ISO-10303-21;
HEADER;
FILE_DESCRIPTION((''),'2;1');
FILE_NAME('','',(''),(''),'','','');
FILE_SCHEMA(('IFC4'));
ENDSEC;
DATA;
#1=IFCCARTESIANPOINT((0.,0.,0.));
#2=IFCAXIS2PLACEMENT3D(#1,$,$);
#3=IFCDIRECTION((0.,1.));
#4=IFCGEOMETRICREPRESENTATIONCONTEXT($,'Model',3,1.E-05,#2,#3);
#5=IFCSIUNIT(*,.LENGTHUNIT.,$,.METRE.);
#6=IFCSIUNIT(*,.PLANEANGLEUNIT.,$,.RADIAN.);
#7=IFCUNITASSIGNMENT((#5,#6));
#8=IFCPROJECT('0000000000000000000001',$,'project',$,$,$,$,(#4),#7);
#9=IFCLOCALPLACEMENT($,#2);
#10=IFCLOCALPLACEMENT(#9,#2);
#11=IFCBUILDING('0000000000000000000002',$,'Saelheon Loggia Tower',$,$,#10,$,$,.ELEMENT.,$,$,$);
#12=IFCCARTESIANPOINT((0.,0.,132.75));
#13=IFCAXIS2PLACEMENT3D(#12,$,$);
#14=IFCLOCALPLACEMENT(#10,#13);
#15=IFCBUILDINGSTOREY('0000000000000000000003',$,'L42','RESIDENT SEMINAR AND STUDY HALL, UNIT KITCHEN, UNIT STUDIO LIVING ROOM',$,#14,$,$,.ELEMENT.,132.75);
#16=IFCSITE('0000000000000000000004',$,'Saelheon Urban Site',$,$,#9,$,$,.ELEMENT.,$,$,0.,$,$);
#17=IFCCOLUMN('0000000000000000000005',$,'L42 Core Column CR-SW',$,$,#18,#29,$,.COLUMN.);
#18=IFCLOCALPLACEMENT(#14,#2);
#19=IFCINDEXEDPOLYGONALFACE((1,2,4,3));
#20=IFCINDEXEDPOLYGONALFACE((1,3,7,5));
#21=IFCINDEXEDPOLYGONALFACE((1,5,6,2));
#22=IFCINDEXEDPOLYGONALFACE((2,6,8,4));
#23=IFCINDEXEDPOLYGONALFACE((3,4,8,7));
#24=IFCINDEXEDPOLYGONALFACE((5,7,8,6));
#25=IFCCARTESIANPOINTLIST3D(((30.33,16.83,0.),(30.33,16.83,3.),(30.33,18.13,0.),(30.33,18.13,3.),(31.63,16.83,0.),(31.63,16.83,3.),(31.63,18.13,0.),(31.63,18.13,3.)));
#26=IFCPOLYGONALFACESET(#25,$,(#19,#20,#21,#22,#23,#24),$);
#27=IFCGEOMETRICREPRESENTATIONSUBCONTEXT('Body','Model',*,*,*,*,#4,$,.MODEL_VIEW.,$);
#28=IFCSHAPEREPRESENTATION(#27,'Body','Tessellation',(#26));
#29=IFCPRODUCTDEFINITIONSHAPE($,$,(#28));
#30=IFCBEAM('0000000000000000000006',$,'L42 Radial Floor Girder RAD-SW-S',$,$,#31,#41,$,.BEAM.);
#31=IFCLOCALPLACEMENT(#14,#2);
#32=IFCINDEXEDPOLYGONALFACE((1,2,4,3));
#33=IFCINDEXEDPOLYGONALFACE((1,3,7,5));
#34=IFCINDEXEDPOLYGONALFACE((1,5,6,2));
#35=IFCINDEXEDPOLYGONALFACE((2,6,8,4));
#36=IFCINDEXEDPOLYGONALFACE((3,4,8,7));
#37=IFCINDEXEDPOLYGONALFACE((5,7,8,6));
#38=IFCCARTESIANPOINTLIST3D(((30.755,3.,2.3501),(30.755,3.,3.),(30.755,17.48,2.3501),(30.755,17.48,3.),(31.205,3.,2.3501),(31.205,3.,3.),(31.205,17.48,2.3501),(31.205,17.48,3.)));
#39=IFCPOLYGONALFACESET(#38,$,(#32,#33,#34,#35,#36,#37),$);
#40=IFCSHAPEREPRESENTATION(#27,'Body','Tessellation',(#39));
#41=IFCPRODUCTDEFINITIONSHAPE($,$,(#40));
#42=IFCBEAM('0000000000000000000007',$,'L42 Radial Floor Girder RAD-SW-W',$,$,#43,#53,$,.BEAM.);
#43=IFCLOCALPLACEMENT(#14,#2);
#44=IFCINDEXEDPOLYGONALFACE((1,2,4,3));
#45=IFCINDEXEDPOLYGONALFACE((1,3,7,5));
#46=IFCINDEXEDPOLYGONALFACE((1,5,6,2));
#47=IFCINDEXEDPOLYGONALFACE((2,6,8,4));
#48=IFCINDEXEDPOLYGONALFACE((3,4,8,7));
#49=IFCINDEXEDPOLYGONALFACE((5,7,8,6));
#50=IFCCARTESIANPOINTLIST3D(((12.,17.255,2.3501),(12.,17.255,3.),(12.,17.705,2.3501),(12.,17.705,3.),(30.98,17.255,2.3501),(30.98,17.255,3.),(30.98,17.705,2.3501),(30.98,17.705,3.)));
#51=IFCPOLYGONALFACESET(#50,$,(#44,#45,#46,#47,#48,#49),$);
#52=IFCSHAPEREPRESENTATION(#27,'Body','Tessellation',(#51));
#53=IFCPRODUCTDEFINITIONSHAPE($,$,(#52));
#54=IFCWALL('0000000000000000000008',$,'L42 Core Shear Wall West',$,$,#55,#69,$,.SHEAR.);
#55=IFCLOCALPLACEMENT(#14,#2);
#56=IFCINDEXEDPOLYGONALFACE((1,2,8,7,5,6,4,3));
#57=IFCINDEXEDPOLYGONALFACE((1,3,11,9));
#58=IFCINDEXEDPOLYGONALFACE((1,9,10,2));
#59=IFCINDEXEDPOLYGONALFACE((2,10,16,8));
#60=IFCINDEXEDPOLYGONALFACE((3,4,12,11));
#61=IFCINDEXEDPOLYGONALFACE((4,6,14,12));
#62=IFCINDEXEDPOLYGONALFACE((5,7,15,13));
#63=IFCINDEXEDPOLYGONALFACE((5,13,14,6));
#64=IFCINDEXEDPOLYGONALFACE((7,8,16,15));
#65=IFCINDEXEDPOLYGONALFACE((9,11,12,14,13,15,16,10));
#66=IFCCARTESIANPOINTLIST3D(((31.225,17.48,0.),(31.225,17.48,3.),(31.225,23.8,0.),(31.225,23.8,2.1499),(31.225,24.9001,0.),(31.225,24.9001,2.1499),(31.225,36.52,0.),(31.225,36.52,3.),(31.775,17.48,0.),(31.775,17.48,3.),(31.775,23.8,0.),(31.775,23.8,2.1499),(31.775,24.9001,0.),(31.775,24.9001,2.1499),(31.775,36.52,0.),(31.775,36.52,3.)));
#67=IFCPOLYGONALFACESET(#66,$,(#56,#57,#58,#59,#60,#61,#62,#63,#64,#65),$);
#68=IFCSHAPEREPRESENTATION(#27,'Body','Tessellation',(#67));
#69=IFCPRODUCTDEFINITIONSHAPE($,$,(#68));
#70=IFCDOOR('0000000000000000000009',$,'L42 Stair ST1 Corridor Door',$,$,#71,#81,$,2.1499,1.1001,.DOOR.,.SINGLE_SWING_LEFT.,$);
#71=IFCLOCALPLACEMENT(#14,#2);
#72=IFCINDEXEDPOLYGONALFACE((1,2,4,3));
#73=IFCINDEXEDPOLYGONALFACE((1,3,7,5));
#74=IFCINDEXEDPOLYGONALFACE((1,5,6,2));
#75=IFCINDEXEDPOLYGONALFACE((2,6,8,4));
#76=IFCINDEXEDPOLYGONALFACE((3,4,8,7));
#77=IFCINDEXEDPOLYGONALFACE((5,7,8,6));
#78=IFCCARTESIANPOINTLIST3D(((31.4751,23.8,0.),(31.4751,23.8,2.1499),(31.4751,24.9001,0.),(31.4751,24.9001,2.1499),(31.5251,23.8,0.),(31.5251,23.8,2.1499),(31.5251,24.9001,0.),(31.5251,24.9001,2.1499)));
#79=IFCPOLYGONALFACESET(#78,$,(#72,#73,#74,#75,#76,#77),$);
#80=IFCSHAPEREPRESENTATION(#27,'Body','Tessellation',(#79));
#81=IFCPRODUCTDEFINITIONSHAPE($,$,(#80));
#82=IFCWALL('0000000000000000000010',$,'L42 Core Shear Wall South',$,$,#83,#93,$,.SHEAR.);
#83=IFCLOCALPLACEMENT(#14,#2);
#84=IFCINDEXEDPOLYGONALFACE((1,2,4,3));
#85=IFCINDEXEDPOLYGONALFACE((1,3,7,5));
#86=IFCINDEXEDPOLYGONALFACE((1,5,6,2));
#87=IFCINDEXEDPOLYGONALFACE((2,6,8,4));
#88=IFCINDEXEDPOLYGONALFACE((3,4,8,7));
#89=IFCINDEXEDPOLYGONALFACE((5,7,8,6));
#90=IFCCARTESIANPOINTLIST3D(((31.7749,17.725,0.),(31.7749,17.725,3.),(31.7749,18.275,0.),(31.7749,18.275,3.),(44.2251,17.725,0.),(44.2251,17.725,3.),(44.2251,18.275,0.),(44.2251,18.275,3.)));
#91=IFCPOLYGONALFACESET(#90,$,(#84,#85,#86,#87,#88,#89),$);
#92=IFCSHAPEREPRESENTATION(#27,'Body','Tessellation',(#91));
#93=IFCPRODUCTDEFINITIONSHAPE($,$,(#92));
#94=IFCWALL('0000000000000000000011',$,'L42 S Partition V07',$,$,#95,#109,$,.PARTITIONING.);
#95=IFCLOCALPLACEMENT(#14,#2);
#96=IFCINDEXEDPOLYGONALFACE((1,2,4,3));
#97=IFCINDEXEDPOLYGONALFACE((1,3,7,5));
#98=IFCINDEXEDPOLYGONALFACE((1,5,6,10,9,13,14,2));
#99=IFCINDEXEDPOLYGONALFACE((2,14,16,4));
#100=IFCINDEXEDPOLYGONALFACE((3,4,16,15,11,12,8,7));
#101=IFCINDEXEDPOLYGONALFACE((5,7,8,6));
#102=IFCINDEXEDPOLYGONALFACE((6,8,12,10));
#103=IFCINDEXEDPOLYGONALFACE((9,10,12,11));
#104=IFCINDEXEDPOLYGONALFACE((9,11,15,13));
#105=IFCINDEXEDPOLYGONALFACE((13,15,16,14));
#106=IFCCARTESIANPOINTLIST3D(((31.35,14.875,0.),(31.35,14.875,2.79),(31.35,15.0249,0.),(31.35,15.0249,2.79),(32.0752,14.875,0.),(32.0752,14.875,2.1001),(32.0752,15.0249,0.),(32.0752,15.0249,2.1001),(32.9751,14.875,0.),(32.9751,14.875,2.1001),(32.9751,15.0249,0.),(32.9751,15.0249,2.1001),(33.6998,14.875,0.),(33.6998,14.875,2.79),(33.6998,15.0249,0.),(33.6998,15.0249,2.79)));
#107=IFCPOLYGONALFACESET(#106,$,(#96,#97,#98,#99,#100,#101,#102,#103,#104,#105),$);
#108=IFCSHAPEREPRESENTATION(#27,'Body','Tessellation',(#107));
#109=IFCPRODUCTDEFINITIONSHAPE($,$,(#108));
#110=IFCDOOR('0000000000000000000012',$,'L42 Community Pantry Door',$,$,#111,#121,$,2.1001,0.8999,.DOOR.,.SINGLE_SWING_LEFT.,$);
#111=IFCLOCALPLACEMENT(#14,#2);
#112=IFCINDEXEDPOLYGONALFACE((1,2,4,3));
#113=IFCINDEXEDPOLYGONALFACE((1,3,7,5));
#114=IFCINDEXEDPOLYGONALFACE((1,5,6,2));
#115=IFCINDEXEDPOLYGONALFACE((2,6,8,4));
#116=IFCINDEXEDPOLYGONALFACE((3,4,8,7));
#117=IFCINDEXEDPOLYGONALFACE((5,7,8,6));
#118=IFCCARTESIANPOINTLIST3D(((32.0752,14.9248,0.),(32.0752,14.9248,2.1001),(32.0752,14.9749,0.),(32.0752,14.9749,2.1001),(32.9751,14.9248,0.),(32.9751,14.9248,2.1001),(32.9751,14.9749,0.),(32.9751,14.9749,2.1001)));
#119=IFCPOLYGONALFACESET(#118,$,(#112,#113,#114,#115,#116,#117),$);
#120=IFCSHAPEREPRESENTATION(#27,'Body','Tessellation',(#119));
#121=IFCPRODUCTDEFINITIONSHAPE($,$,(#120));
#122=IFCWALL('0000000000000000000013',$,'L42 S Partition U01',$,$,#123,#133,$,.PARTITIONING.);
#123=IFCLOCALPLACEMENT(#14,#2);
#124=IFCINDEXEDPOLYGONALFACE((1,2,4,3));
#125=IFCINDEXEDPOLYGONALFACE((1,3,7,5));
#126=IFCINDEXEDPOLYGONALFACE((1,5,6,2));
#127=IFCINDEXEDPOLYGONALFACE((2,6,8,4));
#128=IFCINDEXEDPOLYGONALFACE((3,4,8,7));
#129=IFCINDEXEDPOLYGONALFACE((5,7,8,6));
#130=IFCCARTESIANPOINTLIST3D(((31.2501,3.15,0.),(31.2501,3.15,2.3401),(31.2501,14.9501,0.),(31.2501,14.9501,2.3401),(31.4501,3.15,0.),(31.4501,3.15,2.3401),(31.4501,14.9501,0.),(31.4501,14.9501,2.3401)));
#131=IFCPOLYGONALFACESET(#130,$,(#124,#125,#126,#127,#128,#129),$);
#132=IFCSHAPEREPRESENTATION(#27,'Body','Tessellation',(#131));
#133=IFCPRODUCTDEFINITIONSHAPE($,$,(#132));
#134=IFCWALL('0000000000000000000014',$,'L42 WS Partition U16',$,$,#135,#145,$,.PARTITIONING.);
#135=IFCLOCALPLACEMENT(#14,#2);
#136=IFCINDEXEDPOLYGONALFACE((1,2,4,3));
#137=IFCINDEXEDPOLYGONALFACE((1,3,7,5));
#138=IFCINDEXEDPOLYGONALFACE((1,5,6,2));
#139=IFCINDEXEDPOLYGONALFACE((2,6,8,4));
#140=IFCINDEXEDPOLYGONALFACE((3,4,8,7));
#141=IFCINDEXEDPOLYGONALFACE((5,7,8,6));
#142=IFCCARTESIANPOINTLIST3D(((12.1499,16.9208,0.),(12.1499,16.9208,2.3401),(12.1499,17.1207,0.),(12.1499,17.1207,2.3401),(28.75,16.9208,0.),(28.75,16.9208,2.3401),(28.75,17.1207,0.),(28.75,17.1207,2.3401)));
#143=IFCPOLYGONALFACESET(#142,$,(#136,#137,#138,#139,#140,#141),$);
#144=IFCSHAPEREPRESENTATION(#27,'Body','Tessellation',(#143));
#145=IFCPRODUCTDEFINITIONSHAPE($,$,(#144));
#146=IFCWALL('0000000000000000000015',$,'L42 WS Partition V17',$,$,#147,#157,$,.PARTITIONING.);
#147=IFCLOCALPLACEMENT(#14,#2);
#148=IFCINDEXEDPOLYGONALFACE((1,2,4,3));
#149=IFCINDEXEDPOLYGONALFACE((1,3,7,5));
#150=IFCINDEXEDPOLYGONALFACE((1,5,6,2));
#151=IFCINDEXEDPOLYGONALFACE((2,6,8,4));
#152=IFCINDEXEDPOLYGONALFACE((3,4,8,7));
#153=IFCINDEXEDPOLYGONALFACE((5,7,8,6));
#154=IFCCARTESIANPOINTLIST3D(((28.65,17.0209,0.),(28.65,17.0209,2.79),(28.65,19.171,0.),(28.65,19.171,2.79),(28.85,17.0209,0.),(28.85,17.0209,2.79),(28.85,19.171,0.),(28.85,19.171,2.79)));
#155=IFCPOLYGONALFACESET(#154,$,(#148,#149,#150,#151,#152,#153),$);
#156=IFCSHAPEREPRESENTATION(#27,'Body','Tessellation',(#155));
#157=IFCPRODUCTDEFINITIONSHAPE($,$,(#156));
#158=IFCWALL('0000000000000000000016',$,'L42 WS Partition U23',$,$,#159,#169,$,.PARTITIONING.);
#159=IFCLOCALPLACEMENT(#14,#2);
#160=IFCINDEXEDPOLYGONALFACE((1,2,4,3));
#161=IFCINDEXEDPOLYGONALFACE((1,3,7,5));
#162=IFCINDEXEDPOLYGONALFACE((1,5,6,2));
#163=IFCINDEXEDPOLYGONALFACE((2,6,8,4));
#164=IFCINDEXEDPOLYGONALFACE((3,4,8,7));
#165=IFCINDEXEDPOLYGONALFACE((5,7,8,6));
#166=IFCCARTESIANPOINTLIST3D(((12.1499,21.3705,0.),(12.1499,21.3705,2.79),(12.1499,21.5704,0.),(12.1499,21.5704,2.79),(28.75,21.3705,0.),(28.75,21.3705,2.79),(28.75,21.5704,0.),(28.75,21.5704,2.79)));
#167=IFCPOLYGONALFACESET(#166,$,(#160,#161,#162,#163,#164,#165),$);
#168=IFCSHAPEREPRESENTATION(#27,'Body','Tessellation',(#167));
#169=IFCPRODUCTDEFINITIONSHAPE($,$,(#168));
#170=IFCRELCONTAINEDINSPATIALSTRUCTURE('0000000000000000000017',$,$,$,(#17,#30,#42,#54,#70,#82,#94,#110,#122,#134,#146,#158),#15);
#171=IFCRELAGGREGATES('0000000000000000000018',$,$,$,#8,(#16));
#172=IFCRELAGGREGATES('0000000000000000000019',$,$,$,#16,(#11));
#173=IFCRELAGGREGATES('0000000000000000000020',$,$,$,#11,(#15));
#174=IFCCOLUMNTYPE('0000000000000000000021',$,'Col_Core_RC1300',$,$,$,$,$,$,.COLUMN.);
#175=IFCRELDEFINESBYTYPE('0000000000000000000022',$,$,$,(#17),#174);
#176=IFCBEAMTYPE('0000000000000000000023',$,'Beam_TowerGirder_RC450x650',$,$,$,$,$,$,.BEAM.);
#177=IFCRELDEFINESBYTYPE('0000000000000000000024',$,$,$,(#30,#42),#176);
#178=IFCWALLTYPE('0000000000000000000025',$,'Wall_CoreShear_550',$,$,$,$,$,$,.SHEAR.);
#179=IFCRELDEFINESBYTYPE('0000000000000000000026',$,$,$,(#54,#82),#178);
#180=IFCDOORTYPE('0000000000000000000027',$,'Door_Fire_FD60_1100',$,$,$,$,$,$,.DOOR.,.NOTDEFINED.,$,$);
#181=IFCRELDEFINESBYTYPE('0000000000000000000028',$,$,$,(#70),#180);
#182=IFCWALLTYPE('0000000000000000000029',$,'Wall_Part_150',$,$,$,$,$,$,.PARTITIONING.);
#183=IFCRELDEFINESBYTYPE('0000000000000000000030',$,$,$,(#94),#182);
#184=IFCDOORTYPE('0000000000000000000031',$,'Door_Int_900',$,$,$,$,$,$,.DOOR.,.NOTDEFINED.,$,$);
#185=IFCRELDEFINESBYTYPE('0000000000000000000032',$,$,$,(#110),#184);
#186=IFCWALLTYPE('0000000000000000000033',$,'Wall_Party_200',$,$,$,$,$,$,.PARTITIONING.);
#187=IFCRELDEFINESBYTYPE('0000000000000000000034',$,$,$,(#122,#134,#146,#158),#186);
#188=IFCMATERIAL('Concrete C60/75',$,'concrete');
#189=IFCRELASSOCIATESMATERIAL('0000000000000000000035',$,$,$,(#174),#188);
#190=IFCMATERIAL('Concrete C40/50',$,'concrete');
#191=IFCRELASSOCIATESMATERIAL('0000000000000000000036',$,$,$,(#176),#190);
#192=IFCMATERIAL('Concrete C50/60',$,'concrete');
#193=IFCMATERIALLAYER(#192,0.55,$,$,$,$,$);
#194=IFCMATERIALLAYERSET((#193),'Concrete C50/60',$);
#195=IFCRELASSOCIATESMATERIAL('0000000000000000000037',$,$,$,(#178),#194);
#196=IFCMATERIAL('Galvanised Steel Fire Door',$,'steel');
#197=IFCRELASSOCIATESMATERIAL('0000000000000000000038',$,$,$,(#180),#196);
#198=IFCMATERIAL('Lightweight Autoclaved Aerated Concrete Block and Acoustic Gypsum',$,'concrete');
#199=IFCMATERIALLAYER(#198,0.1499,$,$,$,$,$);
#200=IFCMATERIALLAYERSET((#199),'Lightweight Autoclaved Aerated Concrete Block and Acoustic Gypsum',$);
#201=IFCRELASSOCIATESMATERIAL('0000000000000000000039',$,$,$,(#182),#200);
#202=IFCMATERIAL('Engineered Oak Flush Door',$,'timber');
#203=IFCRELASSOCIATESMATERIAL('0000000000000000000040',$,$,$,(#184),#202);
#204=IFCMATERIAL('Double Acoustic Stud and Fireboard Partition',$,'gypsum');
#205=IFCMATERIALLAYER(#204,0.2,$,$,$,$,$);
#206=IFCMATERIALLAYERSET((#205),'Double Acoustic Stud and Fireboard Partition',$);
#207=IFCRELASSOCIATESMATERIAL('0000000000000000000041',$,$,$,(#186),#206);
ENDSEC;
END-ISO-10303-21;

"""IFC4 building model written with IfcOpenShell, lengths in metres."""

from ifc_helpers import new_model, si_unit, direction, frame, frame_2d, origin, origin_2d, place, context, subcontext, project, spatial, rectangle, extrude, source, transform, mapped, material, layer, layer_set, material_profile, profile_set, type_object, element, fill, save


model = new_model("IFC4")

# Units and contexts
model_context = context("Model", 3, precision=1e-05, world=origin(), true_north=direction((0.0, 1.0)))
body_context = subcontext(model_context, "Body", "Model", "MODEL_VIEW")
ifc_project = project(units=[si_unit("LENGTHUNIT", "METRE"), si_unit("PLANEANGLEUNIT", "RADIAN")], contexts=[model_context])

# Site, building, storey
site_placement = place(None, origin())
site = spatial("IfcSite", under=ifc_project, at=site_placement, Name="Saelheon Urban Site", CompositionType="ELEMENT", RefElevation=0.0)
building_placement = place(site_placement, origin())
building = spatial("IfcBuilding", under=site, at=building_placement, Name="Saelheon Loggia Tower", CompositionType="ELEMENT")
storey_placement = place(building_placement, frame((0.0, 0.0, 132.75)))
storey = spatial("IfcBuildingStorey", under=building, at=storey_placement, Name="L42", Description="RESIDENT SEMINAR AND STUDY HALL, UNIT KITCHEN, UNIT STUDIO LIVING ROOM", CompositionType="ELEMENT", Elevation=132.75)

# Column
ifc_material_1 = material(Name="Concrete C60/75", Category="concrete")
ifc_material_profile_1 = material_profile(ifc_material_1, rectangle(XDim=1.3, YDim=1.3, at=origin_2d()), Name="RC-1300x1300")
ifc_profile_set_1 = profile_set([ifc_material_profile_1], Name="Concrete C60/75")
column_type = type_object("IfcColumnType", Name="Col_Core_RC1300", PredefinedType="COLUMN", material=ifc_profile_set_1)
shared_shape_1 = source(origin(), body_context, "Body", "SweptSolid", [
    extrude(rectangle(XDim=1.3, YDim=1.3, at=origin_2d()), origin(), (0.0, 0.0, 1.0), 3.0),
])
column_placement = place(storey_placement, frame((30.98, 17.48, 0.0), z_axis=(0.0, 0.0, 1.0), x_axis=(1.0, 0.0, 0.0)))
element("IfcColumn", 1, at=column_placement, inside=storey, type_object=column_type, Name="L42 Core Column CR-SW", PredefinedType="COLUMN", context=body_context, shape_type="MappedRepresentation", body=[
    mapped(shared_shape_1, transform((0.0, 0.0, 0.0), scale=1.0)),
])

# Beams
ifc_material_2 = material(Name="Concrete C40/50", Category="concrete")
ifc_material_profile_2 = material_profile(ifc_material_2, rectangle(XDim=0.45, YDim=0.6499, at=origin_2d()), Name="RC-450x650")
ifc_profile_set_2 = profile_set([ifc_material_profile_2], Name="Concrete C40/50")
beam_type = type_object("IfcBeamType", Name="Beam_TowerGirder_RC450x650", PredefinedType="BEAM", material=ifc_profile_set_2)
shared_shape_2 = source(origin(), body_context, "Body", "SweptSolid", [
    extrude(rectangle(XDim=0.45, YDim=0.6499, at=origin_2d()), origin(), (0.0, 0.0, 1.0), 14.48),
])
beam_1_placement = place(storey_placement, frame((30.98, 17.48, 2.675), z_axis=(0.0, -1.0, 0.0), x_axis=(1.0, 0.0, 0.0)))
element("IfcBeam", 2, at=beam_1_placement, inside=storey, type_object=beam_type, Name="L42 Radial Floor Girder RAD-SW-S", PredefinedType="BEAM", context=body_context, shape_type="MappedRepresentation", body=[
    mapped(shared_shape_2, transform((0.0, 0.0, 0.0), scale=1.0)),
])
shared_shape_3 = source(origin(), body_context, "Body", "SweptSolid", [
    extrude(rectangle(XDim=0.45, YDim=0.6499, at=origin_2d()), origin(), (0.0, 0.0, 1.0), 18.98),
])
beam_2_placement = place(storey_placement, frame((30.98, 17.48, 2.675), z_axis=(-1.0, 0.0, 0.0), x_axis=(0.0, -1.0, 0.0)))
element("IfcBeam", 3, at=beam_2_placement, inside=storey, type_object=beam_type, Name="L42 Radial Floor Girder RAD-SW-W", PredefinedType="BEAM", context=body_context, shape_type="MappedRepresentation", body=[
    mapped(shared_shape_3, transform((0.0, 0.0, 0.0), scale=1.0)),
])

# Wall, opening, door
ifc_material_3 = material(Name="Concrete C50/60", Category="concrete")
ifc_layer_1 = layer(ifc_material_3, 0.55)
ifc_layer_set_1 = layer_set([ifc_layer_1], Name="Concrete C50/60")
wall_type_1 = type_object("IfcWallType", Name="Wall_CoreShear_550", PredefinedType="SHEAR", material=ifc_layer_set_1)
wall_1_placement = place(storey_placement, frame((31.5, 17.48, 0.0), z_axis=(0.0, 0.0, 1.0), x_axis=(0.0, 1.0, 0.0)))
wall_1 = element("IfcWall", 4, at=wall_1_placement, inside=storey, type_object=wall_type_1, Name="L42 Core Shear Wall West", PredefinedType="SHEAR", context=body_context, shape_type="SweptSolid", body=[
    extrude(rectangle(XDim=19.04, YDim=0.55, at=frame_2d((9.52, 0.0))), origin(), (0.0, 0.0, 1.0), 3.0),
])
opening_1_placement = place(wall_1_placement, frame((6.3201, 0.0, 0.0)))
opening_1 = element("IfcOpeningElement", 5, at=opening_1_placement, cuts=wall_1, PredefinedType="OPENING", context=body_context, shape_type="SweptSolid", body=[
    extrude(rectangle(XDim=1.1001, YDim=2.1499, at=frame_2d((0.55, 1.075))), frame((0.0, 0.2871, 0.0), z_axis=(0.0, -1.0, 0.0), x_axis=(1.0, 0.0, 0.0)), (0.0, 0.0, 1.0), 0.574),
])
ifc_material_4 = material(Name="Galvanised Steel Fire Door", Category="steel")
door_type_1 = type_object("IfcDoorType", Name="Door_Fire_FD60_1100", OperationType="NOTDEFINED", PredefinedType="DOOR", material=ifc_material_4)
shared_shape_4 = source(origin(), body_context, "Body", "SweptSolid", [
    extrude(rectangle(XDim=1.1001, YDim=2.1499, at=frame_2d((0.55, 1.075))), frame((0.0, 0.0249, 0.0), z_axis=(0.0, -1.0, 0.0), x_axis=(1.0, 0.0, 0.0)), (0.0, 0.0, 1.0), 0.05),
])
door_1_placement = place(opening_1_placement, origin())
door_1 = element("IfcDoor", 6, at=door_1_placement, inside=storey, type_object=door_type_1, Name="L42 Stair ST1 Corridor Door", OperationType="SINGLE_SWING_LEFT", OverallHeight=2.1499, OverallWidth=1.1001, PredefinedType="DOOR", context=body_context, shape_type="MappedRepresentation", body=[
    mapped(shared_shape_4, transform((0.0, 0.0, 0.0), scale=1.0)),
])
fill(opening_1, door_1)

# Wall
wall_2_placement = place(storey_placement, frame((31.7749, 18.0, 0.0), z_axis=(0.0, 0.0, 1.0), x_axis=(1.0, 0.0, 0.0)))
element("IfcWall", 7, at=wall_2_placement, inside=storey, type_object=wall_type_1, Name="L42 Core Shear Wall South", PredefinedType="SHEAR", context=body_context, shape_type="SweptSolid", body=[
    extrude(rectangle(XDim=12.4502, YDim=0.55, at=frame_2d((6.2251, 0.0))), origin(), (0.0, 0.0, 1.0), 3.0),
])

# Wall, opening, door
ifc_material_5 = material(Name="Lightweight Autoclaved Aerated Concrete Block and Acoustic Gypsum", Category="concrete")
ifc_layer_2 = layer(ifc_material_5, 0.1499)
ifc_layer_set_2 = layer_set([ifc_layer_2], Name="Lightweight Autoclaved Aerated Concrete Block and Acoustic Gypsum")
wall_type_2 = type_object("IfcWallType", Name="Wall_Part_150", PredefinedType="PARTITIONING", material=ifc_layer_set_2)
wall_3_placement = place(storey_placement, frame((31.3501, 14.95, 0.0), z_axis=(0.0, 0.0, 1.0), x_axis=(1.0, 0.0, 0.0)))
wall_3 = element("IfcWall", 8, at=wall_3_placement, inside=storey, type_object=wall_type_2, Name="L42 S Partition V07", PredefinedType="PARTITIONING", context=body_context, shape_type="SweptSolid", body=[
    extrude(rectangle(XDim=2.3499, YDim=0.1499, at=frame_2d((1.1748, 0.0))), origin(), (0.0, 0.0, 1.0), 2.79),
])
opening_2_placement = place(wall_3_placement, frame((0.7251, 0.0, 0.0)))
opening_2 = element("IfcOpeningElement", 9, at=opening_2_placement, cuts=wall_3, PredefinedType="OPENING", context=body_context, shape_type="SweptSolid", body=[
    extrude(rectangle(XDim=0.8999, YDim=2.1001, at=frame_2d((0.45, 1.05))), frame((0.0, 0.0869, 0.0), z_axis=(0.0, -1.0, 0.0), x_axis=(1.0, 0.0, 0.0)), (0.0, 0.0, 1.0), 0.1738),
])
ifc_material_6 = material(Name="Engineered Oak Flush Door", Category="timber")
door_type_2 = type_object("IfcDoorType", Name="Door_Int_900", OperationType="NOTDEFINED", PredefinedType="DOOR", material=ifc_material_6)
shared_shape_5 = source(origin(), body_context, "Body", "SweptSolid", [
    extrude(rectangle(XDim=0.8999, YDim=2.1001, at=frame_2d((0.45, 1.05))), frame((0.0, 0.0249, 0.0), z_axis=(0.0, -1.0, 0.0), x_axis=(1.0, 0.0, 0.0)), (0.0, 0.0, 1.0), 0.05),
])
door_2_placement = place(opening_2_placement, origin())
door_2 = element("IfcDoor", 10, at=door_2_placement, inside=storey, type_object=door_type_2, Name="L42 Community Pantry Door", OperationType="SINGLE_SWING_LEFT", OverallHeight=2.1001, OverallWidth=0.8999, PredefinedType="DOOR", context=body_context, shape_type="MappedRepresentation", body=[
    mapped(shared_shape_5, transform((0.0, 0.0, 0.0), scale=1.0)),
])
fill(opening_2, door_2)

# Walls
ifc_material_7 = material(Name="Double Acoustic Stud and Fireboard Partition", Category="gypsum")
ifc_layer_3 = layer(ifc_material_7, 0.2)
ifc_layer_set_3 = layer_set([ifc_layer_3], Name="Double Acoustic Stud and Fireboard Partition")
wall_type_3 = type_object("IfcWallType", Name="Wall_Party_200", PredefinedType="PARTITIONING", material=ifc_layer_set_3)
wall_4_placement = place(storey_placement, frame((31.3501, 14.95, 0.0), z_axis=(0.0, 0.0, 1.0), x_axis=(0.0, -1.0, 0.0)))
element("IfcWall", 11, at=wall_4_placement, inside=storey, type_object=wall_type_3, Name="L42 S Partition U01", PredefinedType="PARTITIONING", context=body_context, shape_type="SweptSolid", body=[
    extrude(rectangle(XDim=11.8, YDim=0.2, at=frame_2d((5.8999, 0.0))), origin(), (0.0, 0.0, 1.0), 2.3401),
])
wall_5_placement = place(storey_placement, frame((28.75, 17.0208, 0.0), z_axis=(0.0, 0.0, 1.0), x_axis=(-1.0, 0.0, 0.0)))
element("IfcWall", 12, at=wall_5_placement, inside=storey, type_object=wall_type_3, Name="L42 WS Partition U16", PredefinedType="PARTITIONING", context=body_context, shape_type="SweptSolid", body=[
    extrude(rectangle(XDim=16.6001, YDim=0.2, at=frame_2d((8.3, 0.0))), origin(), (0.0, 0.0, 1.0), 2.3401),
])
wall_6_placement = place(storey_placement, frame((28.75, 17.0208, 0.0), z_axis=(0.0, 0.0, 1.0), x_axis=(0.0, 1.0, 0.0)))
element("IfcWall", 13, at=wall_6_placement, inside=storey, type_object=wall_type_3, Name="L42 WS Partition V17", PredefinedType="PARTITIONING", context=body_context, shape_type="SweptSolid", body=[
    extrude(rectangle(XDim=2.1501, YDim=0.2, at=frame_2d((1.0752, 0.0))), origin(), (0.0, 0.0, 1.0), 2.79),
])

# Wall
wall_7_placement = place(storey_placement, frame((28.75, 21.4705, 0.0), z_axis=(0.0, 0.0, 1.0), x_axis=(-1.0, 0.0, 0.0)))
element("IfcWall", 14, at=wall_7_placement, inside=storey, type_object=wall_type_3, Name="L42 WS Partition U23", PredefinedType="PARTITIONING", context=body_context, shape_type="SweptSolid", body=[
    extrude(rectangle(XDim=16.6001, YDim=0.2, at=frame_2d((8.3, 0.0))), origin(), (0.0, 0.0, 1.0), 2.79),
])

save(model, "model.ifc")
